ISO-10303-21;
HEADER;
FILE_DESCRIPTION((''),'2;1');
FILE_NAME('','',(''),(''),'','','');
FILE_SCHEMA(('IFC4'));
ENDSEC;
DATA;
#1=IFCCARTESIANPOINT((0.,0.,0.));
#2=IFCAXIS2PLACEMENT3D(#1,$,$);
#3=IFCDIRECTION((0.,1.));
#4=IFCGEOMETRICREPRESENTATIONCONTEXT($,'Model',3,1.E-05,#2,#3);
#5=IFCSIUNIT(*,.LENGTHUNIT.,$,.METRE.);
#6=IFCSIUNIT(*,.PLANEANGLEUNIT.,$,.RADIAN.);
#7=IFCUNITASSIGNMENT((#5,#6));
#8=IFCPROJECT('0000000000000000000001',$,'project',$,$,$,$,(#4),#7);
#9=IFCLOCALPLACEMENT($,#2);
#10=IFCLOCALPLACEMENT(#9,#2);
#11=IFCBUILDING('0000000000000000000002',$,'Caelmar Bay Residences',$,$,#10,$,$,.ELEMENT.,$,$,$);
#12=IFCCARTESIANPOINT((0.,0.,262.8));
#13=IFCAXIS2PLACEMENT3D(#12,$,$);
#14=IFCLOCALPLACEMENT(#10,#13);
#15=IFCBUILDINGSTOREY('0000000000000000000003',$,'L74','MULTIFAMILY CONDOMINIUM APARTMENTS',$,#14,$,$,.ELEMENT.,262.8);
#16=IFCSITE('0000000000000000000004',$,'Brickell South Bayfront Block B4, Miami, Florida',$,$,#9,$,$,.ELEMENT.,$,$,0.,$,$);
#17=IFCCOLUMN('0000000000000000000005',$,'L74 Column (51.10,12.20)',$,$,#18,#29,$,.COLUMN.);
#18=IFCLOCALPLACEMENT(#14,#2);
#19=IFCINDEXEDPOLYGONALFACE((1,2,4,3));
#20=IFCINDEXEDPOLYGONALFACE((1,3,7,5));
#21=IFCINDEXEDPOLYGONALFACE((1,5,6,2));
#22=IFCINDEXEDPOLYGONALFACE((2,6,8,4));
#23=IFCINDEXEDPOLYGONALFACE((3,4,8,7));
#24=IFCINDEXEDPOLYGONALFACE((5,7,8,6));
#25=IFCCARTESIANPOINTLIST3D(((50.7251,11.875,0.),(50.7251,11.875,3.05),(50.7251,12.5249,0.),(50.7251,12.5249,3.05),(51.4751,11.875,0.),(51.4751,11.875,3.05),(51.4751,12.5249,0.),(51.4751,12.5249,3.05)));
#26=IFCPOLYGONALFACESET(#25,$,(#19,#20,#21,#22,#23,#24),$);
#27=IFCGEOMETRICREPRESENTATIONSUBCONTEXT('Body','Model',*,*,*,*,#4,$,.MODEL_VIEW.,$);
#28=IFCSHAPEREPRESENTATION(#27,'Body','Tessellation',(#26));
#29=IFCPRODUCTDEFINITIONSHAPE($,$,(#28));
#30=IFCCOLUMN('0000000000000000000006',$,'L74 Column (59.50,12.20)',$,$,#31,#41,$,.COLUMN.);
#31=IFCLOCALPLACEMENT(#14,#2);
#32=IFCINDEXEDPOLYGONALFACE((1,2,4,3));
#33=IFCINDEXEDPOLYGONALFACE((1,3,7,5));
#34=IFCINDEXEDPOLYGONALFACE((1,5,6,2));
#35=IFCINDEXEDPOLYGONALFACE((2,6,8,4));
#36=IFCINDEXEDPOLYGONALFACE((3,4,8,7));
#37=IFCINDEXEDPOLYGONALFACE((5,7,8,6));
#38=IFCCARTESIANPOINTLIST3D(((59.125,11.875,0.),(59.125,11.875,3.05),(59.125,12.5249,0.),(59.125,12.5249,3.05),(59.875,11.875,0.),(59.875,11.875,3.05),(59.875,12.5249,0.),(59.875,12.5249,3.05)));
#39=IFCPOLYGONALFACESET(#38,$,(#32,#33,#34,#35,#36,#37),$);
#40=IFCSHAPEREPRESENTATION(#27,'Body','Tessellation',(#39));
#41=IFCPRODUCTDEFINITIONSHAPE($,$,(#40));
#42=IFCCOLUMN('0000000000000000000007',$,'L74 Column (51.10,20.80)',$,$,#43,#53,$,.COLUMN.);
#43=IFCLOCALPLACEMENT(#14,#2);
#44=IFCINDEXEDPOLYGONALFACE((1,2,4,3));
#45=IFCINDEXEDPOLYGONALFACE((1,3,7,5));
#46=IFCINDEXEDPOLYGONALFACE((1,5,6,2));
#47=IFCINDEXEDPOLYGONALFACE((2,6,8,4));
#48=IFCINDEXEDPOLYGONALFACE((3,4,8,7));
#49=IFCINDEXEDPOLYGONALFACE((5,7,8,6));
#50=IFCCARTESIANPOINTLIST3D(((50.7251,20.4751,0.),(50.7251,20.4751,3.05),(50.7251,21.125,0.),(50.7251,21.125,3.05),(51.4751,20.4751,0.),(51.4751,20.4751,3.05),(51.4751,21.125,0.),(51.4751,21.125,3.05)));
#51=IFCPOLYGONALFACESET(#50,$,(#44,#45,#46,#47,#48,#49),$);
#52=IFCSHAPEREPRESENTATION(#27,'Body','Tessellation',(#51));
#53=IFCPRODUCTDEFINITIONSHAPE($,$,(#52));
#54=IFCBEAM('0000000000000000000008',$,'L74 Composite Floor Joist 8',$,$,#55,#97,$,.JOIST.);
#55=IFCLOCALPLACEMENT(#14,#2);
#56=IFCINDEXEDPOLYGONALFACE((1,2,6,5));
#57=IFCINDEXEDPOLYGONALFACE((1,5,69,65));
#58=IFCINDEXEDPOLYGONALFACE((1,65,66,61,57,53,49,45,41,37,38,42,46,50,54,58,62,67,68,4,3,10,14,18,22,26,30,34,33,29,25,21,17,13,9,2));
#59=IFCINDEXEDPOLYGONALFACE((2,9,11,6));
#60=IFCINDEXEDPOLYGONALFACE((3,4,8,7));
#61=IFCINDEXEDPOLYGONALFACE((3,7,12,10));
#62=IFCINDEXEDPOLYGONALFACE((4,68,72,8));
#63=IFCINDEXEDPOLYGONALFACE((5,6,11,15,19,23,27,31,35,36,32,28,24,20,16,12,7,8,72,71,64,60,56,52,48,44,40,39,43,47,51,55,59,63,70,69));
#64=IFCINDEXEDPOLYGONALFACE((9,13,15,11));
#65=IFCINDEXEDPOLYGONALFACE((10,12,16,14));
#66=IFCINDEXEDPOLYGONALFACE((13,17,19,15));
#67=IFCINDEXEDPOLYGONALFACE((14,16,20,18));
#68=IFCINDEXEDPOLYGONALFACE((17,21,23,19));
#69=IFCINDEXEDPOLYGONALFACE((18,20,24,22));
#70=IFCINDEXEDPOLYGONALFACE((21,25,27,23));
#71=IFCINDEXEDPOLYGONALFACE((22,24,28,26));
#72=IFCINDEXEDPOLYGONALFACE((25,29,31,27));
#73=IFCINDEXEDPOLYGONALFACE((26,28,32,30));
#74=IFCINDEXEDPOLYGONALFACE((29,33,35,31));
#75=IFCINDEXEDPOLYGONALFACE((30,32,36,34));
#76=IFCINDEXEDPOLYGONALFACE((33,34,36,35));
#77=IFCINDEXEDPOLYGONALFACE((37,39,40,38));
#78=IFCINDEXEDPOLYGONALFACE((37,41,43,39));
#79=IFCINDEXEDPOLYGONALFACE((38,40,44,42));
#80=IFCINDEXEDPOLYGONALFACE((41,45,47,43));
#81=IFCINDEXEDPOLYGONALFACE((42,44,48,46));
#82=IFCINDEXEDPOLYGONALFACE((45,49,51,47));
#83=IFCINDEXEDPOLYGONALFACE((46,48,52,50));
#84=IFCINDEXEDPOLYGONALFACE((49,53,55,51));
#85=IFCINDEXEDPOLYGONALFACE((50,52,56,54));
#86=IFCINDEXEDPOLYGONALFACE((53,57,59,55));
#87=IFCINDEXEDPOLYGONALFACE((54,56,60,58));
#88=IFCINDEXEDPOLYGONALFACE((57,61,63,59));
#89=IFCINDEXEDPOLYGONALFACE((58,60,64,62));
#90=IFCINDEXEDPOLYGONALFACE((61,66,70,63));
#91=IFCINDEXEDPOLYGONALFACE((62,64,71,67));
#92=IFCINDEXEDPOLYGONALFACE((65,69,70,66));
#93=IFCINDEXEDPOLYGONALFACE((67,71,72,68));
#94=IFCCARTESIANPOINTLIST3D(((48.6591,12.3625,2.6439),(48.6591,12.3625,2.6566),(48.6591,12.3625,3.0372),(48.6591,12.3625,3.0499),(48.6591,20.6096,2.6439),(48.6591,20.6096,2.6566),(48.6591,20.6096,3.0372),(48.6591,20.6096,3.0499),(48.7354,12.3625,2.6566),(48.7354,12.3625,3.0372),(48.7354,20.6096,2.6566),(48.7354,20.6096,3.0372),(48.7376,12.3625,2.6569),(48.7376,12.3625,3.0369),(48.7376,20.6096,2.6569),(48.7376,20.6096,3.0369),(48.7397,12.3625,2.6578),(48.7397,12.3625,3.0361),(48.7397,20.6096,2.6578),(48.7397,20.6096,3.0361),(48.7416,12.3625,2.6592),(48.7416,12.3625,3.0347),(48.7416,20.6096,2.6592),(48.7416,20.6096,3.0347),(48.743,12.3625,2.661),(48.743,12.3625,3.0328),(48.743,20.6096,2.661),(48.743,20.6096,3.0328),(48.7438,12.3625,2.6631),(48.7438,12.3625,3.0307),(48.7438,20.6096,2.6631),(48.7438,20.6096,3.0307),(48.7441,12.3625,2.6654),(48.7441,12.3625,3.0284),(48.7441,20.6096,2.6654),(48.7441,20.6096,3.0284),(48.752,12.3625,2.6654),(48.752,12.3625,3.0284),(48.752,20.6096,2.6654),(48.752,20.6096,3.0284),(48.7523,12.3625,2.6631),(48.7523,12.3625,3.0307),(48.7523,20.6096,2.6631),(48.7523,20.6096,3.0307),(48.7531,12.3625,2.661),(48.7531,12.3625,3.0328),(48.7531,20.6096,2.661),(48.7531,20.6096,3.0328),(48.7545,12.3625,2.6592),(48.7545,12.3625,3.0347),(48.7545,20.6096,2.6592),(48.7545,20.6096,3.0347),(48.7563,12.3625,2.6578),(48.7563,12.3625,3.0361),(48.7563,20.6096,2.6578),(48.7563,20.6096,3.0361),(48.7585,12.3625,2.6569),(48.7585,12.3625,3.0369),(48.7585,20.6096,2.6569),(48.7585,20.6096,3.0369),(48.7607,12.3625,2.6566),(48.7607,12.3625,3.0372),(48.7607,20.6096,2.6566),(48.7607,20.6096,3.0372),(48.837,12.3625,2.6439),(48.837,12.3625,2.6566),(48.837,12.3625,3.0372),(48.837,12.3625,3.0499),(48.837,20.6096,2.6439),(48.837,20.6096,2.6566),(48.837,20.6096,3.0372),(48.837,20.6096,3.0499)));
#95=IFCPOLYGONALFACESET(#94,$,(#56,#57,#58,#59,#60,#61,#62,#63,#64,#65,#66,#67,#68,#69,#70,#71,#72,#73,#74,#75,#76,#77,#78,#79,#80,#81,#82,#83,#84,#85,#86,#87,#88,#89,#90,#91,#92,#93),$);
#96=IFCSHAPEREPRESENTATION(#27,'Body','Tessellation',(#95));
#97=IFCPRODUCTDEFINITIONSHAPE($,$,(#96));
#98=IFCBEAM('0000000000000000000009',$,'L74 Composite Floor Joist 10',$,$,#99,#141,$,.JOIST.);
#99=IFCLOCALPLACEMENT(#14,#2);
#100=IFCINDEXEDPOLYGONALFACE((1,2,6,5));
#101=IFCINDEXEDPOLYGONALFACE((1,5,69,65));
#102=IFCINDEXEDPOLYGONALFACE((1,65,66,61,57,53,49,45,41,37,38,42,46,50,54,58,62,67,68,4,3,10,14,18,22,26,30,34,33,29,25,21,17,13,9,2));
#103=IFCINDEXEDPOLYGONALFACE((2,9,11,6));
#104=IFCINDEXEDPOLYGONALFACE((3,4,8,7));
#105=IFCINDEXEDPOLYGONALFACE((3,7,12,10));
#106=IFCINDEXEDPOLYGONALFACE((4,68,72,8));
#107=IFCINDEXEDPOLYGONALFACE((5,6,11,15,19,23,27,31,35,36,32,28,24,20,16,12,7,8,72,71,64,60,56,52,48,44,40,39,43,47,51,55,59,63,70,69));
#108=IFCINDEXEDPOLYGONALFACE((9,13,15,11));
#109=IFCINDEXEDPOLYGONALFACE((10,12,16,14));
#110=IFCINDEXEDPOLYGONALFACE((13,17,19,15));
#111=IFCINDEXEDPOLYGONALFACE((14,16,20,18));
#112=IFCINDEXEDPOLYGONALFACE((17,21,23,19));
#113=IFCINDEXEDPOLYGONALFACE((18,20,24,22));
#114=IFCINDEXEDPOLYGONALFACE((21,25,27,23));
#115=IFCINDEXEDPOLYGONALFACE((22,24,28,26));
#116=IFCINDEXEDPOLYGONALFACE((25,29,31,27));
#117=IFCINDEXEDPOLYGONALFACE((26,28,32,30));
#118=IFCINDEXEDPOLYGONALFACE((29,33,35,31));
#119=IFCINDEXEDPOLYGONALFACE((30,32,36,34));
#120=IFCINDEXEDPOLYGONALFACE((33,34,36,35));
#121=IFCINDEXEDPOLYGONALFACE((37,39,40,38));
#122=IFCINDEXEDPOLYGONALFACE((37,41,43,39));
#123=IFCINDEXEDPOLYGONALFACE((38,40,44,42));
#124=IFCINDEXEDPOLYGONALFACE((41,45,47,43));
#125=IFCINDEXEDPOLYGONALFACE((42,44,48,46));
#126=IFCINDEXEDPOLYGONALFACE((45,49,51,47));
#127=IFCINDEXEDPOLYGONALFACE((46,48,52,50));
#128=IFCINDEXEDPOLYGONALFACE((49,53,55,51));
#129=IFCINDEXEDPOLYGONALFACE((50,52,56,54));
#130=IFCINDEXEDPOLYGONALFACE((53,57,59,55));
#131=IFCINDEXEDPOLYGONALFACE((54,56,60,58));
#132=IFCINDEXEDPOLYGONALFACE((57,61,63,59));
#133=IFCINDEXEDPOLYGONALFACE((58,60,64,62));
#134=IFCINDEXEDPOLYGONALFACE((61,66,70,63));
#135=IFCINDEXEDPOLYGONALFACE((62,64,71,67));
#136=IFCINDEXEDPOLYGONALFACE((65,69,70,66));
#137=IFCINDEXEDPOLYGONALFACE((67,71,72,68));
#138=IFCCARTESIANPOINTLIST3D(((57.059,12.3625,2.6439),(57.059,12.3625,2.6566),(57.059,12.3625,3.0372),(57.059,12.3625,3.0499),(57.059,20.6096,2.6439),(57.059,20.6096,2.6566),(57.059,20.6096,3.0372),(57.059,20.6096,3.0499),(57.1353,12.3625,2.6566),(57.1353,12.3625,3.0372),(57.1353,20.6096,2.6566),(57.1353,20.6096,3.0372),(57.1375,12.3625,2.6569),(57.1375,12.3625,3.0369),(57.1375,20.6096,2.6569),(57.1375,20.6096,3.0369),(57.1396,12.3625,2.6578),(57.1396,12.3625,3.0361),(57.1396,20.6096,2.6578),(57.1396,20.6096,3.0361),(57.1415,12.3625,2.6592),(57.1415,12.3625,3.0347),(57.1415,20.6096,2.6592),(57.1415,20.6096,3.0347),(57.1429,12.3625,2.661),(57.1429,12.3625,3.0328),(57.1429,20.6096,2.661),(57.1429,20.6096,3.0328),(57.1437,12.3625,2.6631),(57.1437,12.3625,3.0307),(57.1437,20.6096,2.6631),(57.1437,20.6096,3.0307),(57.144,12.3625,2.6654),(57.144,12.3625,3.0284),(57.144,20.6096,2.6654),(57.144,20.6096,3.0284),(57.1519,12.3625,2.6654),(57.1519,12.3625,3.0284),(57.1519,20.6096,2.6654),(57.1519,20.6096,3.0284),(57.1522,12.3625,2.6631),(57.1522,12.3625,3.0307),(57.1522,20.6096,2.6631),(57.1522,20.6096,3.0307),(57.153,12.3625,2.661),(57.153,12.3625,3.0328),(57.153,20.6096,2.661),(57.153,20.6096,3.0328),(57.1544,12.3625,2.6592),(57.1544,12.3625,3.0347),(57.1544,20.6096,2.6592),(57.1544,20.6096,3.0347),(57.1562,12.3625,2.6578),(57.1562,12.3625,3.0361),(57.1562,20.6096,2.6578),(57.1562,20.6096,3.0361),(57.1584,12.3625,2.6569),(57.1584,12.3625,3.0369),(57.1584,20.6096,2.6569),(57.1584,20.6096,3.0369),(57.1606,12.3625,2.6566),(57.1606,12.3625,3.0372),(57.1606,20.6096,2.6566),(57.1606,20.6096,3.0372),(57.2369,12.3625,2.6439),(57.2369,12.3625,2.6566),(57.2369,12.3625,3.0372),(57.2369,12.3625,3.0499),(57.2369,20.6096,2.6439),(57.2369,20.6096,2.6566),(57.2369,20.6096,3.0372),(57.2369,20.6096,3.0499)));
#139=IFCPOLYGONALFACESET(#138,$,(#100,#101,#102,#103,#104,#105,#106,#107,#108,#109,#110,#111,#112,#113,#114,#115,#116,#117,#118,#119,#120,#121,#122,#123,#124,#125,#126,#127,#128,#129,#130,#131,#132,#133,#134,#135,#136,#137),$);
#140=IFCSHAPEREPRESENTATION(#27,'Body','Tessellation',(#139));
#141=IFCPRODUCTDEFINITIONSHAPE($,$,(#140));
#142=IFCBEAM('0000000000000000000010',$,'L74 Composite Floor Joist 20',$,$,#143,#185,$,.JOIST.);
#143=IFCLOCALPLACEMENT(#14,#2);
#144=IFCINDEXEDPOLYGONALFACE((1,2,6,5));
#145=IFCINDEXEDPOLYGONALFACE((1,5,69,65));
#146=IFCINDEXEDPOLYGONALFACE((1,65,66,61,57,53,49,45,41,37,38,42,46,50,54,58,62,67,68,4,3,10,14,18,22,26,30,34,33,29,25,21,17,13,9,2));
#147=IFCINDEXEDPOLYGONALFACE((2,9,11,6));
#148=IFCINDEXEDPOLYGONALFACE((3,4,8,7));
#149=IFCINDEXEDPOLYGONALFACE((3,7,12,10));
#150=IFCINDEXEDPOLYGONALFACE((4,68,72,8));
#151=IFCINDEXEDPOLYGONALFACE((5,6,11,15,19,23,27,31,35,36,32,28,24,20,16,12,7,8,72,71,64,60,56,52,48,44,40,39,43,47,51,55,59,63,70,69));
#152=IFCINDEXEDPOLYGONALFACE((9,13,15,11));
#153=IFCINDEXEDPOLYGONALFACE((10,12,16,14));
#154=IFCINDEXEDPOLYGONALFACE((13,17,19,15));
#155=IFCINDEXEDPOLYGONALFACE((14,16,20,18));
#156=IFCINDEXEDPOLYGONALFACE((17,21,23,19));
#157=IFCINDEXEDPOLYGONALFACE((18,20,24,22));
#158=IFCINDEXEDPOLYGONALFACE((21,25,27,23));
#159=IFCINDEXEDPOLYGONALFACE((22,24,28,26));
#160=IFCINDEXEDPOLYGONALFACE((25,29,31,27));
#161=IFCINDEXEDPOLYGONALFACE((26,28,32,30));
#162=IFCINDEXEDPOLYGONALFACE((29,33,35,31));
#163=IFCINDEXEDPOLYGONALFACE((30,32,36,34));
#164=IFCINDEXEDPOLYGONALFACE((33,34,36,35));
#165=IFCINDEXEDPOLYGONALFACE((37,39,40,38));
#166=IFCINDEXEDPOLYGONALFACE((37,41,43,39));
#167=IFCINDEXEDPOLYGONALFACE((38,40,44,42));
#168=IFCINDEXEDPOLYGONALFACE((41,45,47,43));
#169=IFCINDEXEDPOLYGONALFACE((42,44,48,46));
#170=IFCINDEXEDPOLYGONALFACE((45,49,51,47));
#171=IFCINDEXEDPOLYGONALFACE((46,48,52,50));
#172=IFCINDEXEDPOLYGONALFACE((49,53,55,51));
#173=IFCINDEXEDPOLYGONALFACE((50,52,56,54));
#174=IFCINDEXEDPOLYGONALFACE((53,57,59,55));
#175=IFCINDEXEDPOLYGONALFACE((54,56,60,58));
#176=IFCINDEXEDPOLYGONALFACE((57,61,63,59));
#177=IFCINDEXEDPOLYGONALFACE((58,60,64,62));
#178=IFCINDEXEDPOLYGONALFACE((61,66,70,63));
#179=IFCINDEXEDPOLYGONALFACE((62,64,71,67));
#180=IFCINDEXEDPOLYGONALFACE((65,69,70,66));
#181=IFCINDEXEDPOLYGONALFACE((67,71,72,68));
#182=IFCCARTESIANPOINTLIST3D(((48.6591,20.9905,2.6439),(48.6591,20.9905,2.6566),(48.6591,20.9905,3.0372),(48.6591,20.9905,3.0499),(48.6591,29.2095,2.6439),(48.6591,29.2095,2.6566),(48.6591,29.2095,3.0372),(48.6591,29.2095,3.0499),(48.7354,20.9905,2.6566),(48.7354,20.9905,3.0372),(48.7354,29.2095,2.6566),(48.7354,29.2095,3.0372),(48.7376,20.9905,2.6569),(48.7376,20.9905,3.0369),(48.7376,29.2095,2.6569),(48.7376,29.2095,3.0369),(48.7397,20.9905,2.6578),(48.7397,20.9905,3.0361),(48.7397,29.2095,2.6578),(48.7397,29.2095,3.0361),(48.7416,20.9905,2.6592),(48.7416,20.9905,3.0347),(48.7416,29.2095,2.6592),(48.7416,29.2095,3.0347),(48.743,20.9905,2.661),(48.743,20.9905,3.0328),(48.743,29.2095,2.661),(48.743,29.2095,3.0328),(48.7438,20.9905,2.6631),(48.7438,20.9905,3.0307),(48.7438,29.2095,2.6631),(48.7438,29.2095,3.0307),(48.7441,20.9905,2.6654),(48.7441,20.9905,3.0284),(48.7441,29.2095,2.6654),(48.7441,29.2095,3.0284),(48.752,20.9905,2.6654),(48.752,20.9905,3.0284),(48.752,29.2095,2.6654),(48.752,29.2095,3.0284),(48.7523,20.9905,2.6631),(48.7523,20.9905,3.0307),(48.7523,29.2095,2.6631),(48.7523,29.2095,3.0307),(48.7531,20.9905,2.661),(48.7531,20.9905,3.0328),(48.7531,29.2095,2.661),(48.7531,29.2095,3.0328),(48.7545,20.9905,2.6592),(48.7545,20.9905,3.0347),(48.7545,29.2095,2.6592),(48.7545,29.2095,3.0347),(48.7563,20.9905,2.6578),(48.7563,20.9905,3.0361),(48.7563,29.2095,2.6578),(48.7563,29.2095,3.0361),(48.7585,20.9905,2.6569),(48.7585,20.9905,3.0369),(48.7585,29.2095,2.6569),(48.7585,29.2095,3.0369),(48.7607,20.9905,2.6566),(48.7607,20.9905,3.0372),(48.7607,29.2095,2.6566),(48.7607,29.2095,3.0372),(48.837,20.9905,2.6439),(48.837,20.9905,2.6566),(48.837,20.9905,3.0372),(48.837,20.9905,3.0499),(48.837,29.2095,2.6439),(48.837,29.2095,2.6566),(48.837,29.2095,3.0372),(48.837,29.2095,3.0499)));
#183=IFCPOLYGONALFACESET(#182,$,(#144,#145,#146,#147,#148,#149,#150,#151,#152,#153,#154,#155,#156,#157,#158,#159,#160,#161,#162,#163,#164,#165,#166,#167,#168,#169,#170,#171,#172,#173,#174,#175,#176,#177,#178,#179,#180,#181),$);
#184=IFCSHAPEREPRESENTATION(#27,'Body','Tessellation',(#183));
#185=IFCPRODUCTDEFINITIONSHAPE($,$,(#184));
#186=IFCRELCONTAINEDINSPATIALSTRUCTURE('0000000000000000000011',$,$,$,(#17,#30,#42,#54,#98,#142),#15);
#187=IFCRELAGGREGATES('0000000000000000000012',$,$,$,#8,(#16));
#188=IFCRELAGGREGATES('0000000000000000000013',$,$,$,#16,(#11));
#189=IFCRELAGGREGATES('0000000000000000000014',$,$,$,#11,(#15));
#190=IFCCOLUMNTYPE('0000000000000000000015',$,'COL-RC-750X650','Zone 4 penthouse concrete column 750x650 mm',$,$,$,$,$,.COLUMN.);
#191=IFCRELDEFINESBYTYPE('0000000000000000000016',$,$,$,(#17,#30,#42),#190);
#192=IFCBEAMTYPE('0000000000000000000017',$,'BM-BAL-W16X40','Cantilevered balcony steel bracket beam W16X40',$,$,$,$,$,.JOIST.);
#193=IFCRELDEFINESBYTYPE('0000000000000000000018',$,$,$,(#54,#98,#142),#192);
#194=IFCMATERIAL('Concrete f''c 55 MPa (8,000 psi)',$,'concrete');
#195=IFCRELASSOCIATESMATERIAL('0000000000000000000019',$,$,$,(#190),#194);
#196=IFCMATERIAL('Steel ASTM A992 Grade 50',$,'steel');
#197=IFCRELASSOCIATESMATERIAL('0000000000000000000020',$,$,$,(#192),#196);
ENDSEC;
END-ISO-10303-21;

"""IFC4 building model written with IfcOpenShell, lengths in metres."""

from ifc_helpers import new_model, si_unit, direction, frame, origin, origin_2d, place, context, subcontext, project, spatial, rectangle, i_section, extrude, material, material_profile, profile_set, type_object, element, save


model = new_model("IFC4")

# Units and contexts
model_context = context("Model", 3, precision=1e-05, world=origin(), true_north=direction((0.0, 1.0)))
body_context = subcontext(model_context, "Body", "Model", "MODEL_VIEW")
ifc_project = project(units=[si_unit("LENGTHUNIT", "METRE"), si_unit("PLANEANGLEUNIT", "RADIAN")], contexts=[model_context])

# Site, building, storey
site_placement = place(None, origin())
site = spatial("IfcSite", under=ifc_project, at=site_placement, Name="Brickell South Bayfront Block B4, Miami, Florida", CompositionType="ELEMENT", RefElevation=0.0)
building_placement = place(site_placement, origin())
building = spatial("IfcBuilding", under=site, at=building_placement, Name="Caelmar Bay Residences", CompositionType="ELEMENT")
storey_placement = place(building_placement, frame((0.0, 0.0, 262.8)))
storey = spatial("IfcBuildingStorey", under=building, at=storey_placement, Name="L74", Description="MULTIFAMILY CONDOMINIUM APARTMENTS", CompositionType="ELEMENT", Elevation=262.8)

# Columns
ifc_material_1 = material(Name="Concrete f'c 55 MPa (8,000 psi)", Category="concrete")
ifc_material_profile_1 = material_profile(ifc_material_1, rectangle(XDim=0.75, YDim=0.6499, at=origin_2d()), Name="RC-COL-750X650")
ifc_profile_set_1 = profile_set([ifc_material_profile_1], Name="Concrete f'c 55 MPa (8,000 psi)")
column_type = type_object("IfcColumnType", Name="COL-RC-750X650", Description="Zone 4 penthouse concrete column 750x650 mm", PredefinedType="COLUMN", material=ifc_profile_set_1)
for number, where, z_axis, x_axis, name in (
    (1, (51.1001, 12.2, 0.0), (0.0, 0.0, 1.0), (1.0, 0.0, 0.0), "L74 Column (51.10,12.20)"),
    (2, (59.5, 12.2, 0.0), (0.0, 0.0, 1.0), (1.0, 0.0, 0.0), "L74 Column (59.50,12.20)"),
    (3, (51.1001, 20.8, 0.0), (0.0, 0.0, 1.0), (1.0, 0.0, 0.0), "L74 Column (51.10,20.80)"),
):
    element("IfcColumn", number, at=place(storey_placement, frame(where, z_axis=z_axis, x_axis=x_axis)), inside=storey, type_object=column_type, Name=name, PredefinedType="COLUMN", context=body_context, shape_type="SweptSolid", body=[
        extrude(rectangle(XDim=0.75, YDim=0.6499, at=origin_2d()), origin(), (0.0, 0.0, 1.0), 3.05),
    ])

# Beams
ifc_material_2 = material(Name="Steel ASTM A992 Grade 50", Category="steel")
ifc_material_profile_2 = material_profile(ifc_material_2, i_section(OverallWidth=0.178, OverallDepth=0.406, WebThickness=0.0078, FlangeThickness=0.0127, FilletRadius=0.0088, at=origin_2d()), Name="W16X40")
ifc_profile_set_2 = profile_set([ifc_material_profile_2], Name="Steel ASTM A992 Grade 50")
beam_type_1 = type_object("IfcBeamType", Name="BM-BAL-W16X40", Description="Cantilevered balcony steel bracket beam W16X40", PredefinedType="JOIST", material=ifc_profile_set_2)
for number, where, z_axis, x_axis, name in (
    (4, (48.748, 12.3625, 2.8469), (0.0, 1.0, 0.0), (-1.0, 0.0, 0.0), "L74 Composite Floor Joist 8"),
    (5, (57.1479, 12.3625, 2.8469), (0.0, 1.0, 0.0), (-1.0, 0.0, 0.0), "L74 Composite Floor Joist 10"),
):
    element("IfcBeam", number, at=place(storey_placement, frame(where, z_axis=z_axis, x_axis=x_axis)), inside=storey, type_object=beam_type_1, Name=name, PredefinedType="JOIST", context=body_context, shape_type="SweptSolid", body=[
        extrude(i_section(OverallWidth=0.178, OverallDepth=0.406, WebThickness=0.0078, FlangeThickness=0.0127, FilletRadius=0.0088, at=origin_2d()), origin(), (0.0, 0.0, 1.0), 8.2471),
    ])
for number, where, z_axis, x_axis, name in (
    (6, (48.748, 20.9905, 2.8469), (0.0, 1.0, 0.0), (-1.0, 0.0, 0.0), "L74 Composite Floor Joist 20"),
):
    element("IfcBeam", number, at=place(storey_placement, frame(where, z_axis=z_axis, x_axis=x_axis)), inside=storey, type_object=beam_type_1, Name=name, PredefinedType="JOIST", context=body_context, shape_type="SweptSolid", body=[
        extrude(i_section(OverallWidth=0.178, OverallDepth=0.406, WebThickness=0.0078, FlangeThickness=0.0127, FilletRadius=0.0088, at=origin_2d()), origin(), (0.0, 0.0, 1.0), 8.219),
    ])

save(model, "model.ifc")
